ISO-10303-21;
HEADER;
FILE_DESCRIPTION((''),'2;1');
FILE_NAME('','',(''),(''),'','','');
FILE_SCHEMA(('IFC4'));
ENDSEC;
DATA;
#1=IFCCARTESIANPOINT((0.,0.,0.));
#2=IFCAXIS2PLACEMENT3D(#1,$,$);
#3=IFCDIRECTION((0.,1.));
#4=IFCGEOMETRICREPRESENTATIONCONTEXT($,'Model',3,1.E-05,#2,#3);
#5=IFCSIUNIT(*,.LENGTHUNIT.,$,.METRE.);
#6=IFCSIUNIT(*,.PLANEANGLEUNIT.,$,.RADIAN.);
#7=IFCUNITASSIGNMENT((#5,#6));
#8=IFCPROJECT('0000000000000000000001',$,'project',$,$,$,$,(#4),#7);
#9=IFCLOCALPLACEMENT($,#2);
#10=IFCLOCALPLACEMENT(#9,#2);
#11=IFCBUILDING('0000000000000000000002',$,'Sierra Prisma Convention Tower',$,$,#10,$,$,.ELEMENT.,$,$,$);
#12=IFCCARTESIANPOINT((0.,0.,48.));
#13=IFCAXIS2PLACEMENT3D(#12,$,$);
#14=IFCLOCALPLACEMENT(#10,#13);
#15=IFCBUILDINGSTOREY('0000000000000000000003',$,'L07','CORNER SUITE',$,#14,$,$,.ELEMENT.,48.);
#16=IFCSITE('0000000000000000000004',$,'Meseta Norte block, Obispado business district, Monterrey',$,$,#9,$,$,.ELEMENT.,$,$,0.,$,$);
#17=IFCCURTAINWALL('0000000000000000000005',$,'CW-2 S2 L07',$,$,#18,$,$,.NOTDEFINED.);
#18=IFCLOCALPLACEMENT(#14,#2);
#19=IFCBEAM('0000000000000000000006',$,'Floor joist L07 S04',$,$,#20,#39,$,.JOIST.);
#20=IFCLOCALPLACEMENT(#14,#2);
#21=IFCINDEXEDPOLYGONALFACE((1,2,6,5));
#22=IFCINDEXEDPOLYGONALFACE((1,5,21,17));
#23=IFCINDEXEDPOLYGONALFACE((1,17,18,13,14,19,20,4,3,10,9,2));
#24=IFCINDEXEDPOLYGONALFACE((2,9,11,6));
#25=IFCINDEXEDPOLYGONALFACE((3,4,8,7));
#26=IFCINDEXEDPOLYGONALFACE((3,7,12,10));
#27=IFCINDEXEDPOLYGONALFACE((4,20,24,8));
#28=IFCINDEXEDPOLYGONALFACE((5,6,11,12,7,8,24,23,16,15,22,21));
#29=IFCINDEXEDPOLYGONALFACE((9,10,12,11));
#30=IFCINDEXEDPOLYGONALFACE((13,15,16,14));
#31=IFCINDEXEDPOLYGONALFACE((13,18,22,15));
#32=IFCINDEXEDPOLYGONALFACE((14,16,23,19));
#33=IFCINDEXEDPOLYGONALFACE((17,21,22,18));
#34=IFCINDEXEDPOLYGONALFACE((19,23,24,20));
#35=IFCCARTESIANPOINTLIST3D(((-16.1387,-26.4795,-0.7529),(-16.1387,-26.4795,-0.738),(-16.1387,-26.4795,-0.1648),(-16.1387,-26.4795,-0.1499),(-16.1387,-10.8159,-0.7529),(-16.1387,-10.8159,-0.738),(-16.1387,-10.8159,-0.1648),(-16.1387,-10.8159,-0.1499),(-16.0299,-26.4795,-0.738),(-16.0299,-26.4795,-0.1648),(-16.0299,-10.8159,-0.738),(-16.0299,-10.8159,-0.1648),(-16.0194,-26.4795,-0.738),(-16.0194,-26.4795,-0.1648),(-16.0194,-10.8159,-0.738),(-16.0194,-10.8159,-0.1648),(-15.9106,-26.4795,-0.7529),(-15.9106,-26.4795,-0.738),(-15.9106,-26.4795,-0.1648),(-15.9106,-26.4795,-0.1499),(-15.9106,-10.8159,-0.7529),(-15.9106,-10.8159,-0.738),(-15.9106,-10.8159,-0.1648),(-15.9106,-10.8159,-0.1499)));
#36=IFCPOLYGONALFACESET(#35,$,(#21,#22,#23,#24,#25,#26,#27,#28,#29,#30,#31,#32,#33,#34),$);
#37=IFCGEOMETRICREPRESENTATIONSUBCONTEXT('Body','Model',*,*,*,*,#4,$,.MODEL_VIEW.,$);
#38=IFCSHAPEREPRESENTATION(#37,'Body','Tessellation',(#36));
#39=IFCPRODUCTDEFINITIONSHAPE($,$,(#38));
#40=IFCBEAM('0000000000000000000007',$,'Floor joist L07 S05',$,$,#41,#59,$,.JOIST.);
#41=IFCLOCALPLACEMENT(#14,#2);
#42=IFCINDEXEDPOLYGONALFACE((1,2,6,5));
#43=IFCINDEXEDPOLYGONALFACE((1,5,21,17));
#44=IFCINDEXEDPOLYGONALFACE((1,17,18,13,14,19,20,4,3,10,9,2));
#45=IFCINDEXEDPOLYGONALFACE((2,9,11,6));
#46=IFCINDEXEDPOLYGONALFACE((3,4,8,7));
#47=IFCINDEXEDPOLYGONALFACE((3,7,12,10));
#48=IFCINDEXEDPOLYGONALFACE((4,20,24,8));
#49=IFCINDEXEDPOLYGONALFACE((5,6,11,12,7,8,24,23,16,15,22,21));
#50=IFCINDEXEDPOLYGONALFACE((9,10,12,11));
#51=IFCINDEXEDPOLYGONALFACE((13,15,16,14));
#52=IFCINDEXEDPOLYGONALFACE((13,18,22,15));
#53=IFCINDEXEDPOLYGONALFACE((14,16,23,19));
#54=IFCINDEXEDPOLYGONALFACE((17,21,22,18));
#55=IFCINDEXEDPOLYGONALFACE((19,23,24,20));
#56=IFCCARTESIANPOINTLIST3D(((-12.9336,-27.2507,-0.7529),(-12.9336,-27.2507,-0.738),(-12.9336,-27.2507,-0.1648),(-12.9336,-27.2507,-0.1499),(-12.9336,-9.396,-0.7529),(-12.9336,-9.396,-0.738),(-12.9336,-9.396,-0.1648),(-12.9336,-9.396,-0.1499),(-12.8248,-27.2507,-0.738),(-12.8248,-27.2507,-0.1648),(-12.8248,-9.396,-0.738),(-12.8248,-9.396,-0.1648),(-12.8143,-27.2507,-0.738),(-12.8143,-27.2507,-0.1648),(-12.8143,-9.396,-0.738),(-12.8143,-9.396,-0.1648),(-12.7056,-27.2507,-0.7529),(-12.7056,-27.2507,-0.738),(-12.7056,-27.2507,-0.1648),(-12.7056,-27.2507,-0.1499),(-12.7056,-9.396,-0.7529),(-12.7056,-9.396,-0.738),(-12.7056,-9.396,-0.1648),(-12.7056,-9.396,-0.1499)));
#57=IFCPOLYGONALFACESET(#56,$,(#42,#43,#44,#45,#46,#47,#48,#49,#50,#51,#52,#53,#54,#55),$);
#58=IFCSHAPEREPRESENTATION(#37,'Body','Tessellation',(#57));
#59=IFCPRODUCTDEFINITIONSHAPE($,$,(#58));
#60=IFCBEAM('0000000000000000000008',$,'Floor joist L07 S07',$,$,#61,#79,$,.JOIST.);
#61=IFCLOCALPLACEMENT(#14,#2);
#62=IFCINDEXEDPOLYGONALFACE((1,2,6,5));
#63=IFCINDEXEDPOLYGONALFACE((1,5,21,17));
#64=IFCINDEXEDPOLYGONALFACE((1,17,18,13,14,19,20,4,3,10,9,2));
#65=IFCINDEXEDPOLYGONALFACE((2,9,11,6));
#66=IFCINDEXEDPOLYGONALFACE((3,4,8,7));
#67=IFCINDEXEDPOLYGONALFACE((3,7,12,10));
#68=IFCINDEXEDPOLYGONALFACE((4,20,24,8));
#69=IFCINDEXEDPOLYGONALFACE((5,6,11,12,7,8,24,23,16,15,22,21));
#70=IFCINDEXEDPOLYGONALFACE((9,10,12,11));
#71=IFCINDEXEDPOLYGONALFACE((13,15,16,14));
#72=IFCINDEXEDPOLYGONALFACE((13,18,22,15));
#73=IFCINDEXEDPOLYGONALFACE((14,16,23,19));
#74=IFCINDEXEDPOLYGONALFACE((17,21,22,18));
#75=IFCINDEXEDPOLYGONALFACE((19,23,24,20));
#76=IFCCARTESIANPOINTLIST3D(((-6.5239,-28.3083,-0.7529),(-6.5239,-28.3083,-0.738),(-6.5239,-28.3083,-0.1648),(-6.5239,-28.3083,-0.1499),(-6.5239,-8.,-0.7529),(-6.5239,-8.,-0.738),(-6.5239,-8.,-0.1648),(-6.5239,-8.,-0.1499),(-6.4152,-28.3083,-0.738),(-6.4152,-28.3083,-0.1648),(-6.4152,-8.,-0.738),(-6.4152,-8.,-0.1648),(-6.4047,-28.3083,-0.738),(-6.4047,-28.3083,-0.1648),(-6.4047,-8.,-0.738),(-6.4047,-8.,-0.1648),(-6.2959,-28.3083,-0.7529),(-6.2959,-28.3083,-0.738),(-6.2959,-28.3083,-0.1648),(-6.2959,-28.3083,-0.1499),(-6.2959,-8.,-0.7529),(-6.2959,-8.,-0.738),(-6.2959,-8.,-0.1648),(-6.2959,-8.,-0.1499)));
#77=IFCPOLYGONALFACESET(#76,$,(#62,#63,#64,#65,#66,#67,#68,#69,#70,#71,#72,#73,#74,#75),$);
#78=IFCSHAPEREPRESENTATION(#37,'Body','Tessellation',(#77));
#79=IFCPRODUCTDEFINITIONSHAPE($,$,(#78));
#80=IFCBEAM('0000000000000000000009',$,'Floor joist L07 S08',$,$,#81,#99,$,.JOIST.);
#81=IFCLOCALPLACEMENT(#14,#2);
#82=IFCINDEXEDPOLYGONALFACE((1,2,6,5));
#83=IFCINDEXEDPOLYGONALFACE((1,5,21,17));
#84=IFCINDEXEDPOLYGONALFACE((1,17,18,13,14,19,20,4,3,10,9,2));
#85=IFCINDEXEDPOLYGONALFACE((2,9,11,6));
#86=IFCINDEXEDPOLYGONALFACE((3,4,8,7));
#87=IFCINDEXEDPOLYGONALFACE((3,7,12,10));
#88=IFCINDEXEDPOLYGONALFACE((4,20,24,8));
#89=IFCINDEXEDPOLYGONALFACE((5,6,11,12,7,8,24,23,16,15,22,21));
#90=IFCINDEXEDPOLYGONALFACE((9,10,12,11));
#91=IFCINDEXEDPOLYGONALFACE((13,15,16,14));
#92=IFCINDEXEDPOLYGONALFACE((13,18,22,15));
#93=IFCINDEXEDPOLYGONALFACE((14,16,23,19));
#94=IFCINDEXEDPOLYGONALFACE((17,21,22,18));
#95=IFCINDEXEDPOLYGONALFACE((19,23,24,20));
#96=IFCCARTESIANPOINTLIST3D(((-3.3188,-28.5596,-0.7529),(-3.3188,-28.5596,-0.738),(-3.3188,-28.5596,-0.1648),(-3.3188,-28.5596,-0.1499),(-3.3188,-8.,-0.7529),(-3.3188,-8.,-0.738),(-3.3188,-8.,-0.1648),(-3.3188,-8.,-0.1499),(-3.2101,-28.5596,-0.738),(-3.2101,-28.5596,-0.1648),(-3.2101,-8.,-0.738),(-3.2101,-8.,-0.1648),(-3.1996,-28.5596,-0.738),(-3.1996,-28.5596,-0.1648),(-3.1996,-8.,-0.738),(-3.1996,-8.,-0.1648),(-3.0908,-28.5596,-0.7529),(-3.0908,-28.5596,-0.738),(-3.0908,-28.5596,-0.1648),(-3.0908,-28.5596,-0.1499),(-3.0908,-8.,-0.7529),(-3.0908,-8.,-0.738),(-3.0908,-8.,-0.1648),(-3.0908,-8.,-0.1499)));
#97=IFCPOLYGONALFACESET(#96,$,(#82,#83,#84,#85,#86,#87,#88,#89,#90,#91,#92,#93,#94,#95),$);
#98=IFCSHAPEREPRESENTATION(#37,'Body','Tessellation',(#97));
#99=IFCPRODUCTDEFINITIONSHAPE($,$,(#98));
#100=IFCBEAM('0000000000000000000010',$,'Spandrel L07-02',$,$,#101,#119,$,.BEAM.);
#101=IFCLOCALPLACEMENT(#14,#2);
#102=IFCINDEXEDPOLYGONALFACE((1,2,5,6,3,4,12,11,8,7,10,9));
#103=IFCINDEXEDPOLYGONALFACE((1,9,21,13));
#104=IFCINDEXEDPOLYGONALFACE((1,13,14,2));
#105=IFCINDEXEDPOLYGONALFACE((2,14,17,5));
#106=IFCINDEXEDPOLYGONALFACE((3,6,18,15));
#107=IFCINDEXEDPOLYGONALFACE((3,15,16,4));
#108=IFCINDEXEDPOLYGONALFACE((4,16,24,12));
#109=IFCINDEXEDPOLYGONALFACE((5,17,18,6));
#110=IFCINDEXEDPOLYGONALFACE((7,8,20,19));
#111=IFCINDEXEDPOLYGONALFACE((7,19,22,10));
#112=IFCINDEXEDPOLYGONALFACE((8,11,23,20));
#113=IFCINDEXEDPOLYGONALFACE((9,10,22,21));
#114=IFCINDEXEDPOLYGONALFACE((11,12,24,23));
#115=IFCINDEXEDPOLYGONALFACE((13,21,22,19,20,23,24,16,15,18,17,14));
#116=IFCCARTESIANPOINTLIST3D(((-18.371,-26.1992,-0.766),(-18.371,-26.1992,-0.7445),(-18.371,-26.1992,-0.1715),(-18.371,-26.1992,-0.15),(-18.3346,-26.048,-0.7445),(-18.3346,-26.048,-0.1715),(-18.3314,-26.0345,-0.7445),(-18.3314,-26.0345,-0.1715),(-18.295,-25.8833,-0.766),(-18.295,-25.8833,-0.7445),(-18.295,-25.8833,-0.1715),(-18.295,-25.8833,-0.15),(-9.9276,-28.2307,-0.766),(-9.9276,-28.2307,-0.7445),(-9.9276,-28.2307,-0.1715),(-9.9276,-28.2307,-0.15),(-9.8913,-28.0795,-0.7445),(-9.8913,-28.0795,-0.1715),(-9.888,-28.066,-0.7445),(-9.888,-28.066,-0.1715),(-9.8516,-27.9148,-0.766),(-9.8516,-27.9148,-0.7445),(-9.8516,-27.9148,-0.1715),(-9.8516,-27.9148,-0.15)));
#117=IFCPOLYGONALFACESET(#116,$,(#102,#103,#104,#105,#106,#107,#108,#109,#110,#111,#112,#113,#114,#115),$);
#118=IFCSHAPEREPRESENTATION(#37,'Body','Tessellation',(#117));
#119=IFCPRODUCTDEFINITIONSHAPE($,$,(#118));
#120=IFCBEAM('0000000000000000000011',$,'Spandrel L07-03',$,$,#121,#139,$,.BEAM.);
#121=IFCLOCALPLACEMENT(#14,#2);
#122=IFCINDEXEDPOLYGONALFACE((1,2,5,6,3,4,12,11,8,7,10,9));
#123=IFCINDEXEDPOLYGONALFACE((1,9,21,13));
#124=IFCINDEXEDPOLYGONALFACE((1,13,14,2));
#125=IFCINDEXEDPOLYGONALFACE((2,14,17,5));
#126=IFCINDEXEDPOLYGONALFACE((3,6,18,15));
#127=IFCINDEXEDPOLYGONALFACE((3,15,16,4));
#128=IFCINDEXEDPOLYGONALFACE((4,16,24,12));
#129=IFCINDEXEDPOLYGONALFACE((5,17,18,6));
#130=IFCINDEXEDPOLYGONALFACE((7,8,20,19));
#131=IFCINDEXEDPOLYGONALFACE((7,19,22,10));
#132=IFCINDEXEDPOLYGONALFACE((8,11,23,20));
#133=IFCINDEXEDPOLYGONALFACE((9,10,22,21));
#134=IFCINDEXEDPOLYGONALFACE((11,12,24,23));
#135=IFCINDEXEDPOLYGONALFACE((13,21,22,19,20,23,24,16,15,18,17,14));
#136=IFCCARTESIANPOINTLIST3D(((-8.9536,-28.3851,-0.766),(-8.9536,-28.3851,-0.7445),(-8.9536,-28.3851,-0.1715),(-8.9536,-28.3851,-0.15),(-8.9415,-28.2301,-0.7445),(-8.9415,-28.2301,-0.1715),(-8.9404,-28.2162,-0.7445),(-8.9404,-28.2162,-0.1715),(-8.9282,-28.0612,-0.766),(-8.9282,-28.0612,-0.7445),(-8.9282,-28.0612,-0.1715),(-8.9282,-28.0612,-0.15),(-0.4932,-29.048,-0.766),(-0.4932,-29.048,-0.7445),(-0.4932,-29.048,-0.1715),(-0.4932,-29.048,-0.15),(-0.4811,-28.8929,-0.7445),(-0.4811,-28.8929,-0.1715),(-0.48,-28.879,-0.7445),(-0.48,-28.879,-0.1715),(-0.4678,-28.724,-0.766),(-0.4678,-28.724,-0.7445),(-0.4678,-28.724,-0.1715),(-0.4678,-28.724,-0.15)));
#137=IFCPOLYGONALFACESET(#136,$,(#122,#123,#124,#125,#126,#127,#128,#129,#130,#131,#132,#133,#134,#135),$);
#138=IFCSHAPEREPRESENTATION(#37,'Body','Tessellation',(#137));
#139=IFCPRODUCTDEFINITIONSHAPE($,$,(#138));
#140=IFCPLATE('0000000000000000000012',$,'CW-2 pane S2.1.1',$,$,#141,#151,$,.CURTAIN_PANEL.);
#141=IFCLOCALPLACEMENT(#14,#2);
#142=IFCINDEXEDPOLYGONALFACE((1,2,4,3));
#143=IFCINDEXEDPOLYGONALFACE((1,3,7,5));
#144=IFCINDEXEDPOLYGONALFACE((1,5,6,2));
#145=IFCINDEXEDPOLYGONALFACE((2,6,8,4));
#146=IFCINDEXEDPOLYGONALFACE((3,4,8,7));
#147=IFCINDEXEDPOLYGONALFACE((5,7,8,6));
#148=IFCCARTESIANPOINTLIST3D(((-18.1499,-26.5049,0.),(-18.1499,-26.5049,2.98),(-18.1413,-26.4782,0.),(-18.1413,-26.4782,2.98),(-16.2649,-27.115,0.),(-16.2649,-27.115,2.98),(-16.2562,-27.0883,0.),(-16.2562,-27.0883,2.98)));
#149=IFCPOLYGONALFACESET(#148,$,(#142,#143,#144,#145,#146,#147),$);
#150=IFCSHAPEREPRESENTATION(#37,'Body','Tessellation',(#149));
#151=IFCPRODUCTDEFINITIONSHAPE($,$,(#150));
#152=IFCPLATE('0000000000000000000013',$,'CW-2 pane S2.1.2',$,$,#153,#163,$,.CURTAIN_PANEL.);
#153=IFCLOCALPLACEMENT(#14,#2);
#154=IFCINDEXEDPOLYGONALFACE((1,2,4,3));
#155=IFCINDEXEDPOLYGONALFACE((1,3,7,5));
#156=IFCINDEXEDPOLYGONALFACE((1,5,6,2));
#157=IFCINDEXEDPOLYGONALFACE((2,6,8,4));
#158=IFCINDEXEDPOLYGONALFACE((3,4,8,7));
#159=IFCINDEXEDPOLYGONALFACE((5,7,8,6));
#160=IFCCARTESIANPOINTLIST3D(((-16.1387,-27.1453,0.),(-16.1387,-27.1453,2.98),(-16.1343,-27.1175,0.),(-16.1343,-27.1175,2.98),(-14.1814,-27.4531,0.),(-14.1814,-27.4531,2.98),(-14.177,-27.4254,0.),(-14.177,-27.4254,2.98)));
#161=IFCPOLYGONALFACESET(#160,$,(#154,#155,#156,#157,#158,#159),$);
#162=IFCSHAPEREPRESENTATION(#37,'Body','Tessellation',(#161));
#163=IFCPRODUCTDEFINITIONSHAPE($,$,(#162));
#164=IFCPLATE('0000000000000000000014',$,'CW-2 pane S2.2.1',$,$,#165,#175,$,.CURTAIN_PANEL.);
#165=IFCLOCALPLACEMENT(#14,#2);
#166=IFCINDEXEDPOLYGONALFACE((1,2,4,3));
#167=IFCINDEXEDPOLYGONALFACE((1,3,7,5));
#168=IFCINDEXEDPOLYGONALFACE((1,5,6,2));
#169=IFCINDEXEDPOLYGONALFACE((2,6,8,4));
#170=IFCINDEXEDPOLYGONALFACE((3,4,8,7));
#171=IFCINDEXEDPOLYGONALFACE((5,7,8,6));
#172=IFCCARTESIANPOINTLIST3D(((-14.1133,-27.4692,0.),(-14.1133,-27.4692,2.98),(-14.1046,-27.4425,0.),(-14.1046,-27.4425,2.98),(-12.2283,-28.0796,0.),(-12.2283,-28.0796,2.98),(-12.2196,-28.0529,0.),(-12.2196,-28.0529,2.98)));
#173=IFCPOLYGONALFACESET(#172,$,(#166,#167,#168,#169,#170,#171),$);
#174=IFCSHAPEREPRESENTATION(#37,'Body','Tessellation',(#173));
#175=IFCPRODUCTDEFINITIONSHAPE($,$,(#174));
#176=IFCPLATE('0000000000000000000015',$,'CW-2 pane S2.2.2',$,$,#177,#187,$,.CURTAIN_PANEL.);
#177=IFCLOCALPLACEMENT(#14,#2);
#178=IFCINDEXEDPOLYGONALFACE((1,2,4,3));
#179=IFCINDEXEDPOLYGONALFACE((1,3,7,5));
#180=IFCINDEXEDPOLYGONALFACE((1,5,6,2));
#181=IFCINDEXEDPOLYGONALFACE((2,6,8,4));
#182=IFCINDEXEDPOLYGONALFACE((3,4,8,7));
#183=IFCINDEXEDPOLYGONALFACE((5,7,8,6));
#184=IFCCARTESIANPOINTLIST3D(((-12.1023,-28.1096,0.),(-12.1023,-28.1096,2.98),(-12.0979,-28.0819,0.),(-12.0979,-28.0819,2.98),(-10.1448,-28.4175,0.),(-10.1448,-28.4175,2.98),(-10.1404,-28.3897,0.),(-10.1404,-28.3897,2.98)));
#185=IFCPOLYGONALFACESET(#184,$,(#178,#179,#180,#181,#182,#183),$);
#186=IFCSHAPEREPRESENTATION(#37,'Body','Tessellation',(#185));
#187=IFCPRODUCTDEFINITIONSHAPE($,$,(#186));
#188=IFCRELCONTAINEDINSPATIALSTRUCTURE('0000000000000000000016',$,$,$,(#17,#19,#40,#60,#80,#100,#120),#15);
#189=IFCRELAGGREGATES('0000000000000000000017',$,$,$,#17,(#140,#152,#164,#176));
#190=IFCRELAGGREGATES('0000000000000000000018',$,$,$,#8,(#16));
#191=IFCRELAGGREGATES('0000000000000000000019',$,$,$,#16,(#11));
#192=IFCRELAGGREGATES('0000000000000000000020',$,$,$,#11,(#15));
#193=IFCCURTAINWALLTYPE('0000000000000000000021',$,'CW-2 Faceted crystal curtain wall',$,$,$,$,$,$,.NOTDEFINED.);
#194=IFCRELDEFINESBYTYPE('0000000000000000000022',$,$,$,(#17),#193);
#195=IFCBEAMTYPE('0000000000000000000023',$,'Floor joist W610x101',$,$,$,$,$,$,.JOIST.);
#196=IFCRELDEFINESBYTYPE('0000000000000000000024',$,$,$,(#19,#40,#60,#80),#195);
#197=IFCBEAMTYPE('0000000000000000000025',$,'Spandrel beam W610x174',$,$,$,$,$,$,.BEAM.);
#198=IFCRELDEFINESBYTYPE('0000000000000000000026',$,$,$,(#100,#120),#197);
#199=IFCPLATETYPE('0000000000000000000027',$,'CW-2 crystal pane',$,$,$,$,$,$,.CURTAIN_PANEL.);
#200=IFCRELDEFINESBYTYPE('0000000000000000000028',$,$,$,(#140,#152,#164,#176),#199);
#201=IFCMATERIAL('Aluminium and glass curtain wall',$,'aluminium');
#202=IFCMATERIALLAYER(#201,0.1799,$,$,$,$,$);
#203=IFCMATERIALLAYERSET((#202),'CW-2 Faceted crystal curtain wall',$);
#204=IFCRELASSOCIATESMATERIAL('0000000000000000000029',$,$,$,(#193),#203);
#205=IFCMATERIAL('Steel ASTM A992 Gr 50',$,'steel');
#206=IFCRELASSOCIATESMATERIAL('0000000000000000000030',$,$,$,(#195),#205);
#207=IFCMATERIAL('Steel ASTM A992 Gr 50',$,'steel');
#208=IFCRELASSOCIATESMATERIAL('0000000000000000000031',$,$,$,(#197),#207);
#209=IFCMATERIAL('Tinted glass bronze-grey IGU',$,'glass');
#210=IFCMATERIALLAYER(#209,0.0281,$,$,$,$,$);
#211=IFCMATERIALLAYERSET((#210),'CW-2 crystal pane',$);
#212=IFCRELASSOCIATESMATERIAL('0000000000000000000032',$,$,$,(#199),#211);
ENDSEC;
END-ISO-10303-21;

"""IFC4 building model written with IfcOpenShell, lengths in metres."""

from ifc_helpers import new_model, si_unit, direction, frame, origin, origin_2d, place, context, subcontext, project, spatial, polyline, i_section, outline, extrude, material, layer, layer_set, material_profile, profile_set, type_object, element, aggregate, save


model = new_model("IFC4")

# Units and contexts
model_context = context("Model", 3, precision=1e-05, world=origin(), true_north=direction((0.0, 1.0)))
body_context = subcontext(model_context, "Body", "Model", "MODEL_VIEW")
ifc_project = project(units=[si_unit("LENGTHUNIT", "METRE"), si_unit("PLANEANGLEUNIT", "RADIAN")], contexts=[model_context])

# Site, building, storey
site_placement = place(None, origin())
site = spatial("IfcSite", under=ifc_project, at=site_placement, Name="Meseta Norte block, Obispado business district, Monterrey", CompositionType="ELEMENT", RefElevation=0.0)
building_placement = place(site_placement, origin())
building = spatial("IfcBuilding", under=site, at=building_placement, Name="Sierra Prisma Convention Tower", CompositionType="ELEMENT")
storey_placement = place(building_placement, frame((0.0, 0.0, 48.0)))
storey = spatial("IfcBuildingStorey", under=building, at=storey_placement, Name="L07", Description="CORNER SUITE", CompositionType="ELEMENT", Elevation=48.0)

# Curtain wall
ifc_material_1 = material(Name="Aluminium and glass curtain wall", Category="aluminium")
ifc_layer_1 = layer(ifc_material_1, 0.1799)
ifc_layer_set_1 = layer_set([ifc_layer_1], Name="CW-2 Faceted crystal curtain wall")
curtain_wall_type = type_object("IfcCurtainWallType", Name="CW-2 Faceted crystal curtain wall", PredefinedType="NOTDEFINED", material=ifc_layer_set_1)
curtain_wall_1_placement = place(storey_placement, origin())
curtain_wall_1 = element("IfcCurtainWall", 1, at=curtain_wall_1_placement, inside=storey, type_object=curtain_wall_type, Name="CW-2 S2 L07", PredefinedType="NOTDEFINED")

# Beams
ifc_material_2 = material(Name="Steel ASTM A992 Gr 50", Category="steel")
ifc_material_profile_1 = material_profile(ifc_material_2, i_section(OverallWidth=0.228, OverallDepth=0.603, WebThickness=0.0105, FlangeThickness=0.0149, at=origin_2d()), Name="W610x101")
ifc_profile_set_1 = profile_set([ifc_material_profile_1], Name="Steel ASTM A992 Gr 50")
beam_type_1 = type_object("IfcBeamType", Name="Floor joist W610x101", PredefinedType="JOIST", material=ifc_profile_set_1)
beam_1_placement = place(storey_placement, frame((-16.0247, -26.4795, -0.4514), z_axis=(0.0, 1.0, 0.0), x_axis=(-1.0, 0.0, 0.0)))
element("IfcBeam", 2, at=beam_1_placement, inside=storey, type_object=beam_type_1, Name="Floor joist L07 S04", PredefinedType="JOIST", context=body_context, shape_type="SweptSolid", body=[
    extrude(i_section(OverallWidth=0.228, OverallDepth=0.603, WebThickness=0.0105, FlangeThickness=0.0149, at=origin_2d()), origin(), (0.0, 0.0, 1.0), 15.6636),
])
beam_2_placement = place(storey_placement, frame((-12.8196, -27.2507, -0.4514), z_axis=(0.0, 1.0, 0.0), x_axis=(-1.0, 0.0, 0.0)))
element("IfcBeam", 3, at=beam_2_placement, inside=storey, type_object=beam_type_1, Name="Floor joist L07 S05", PredefinedType="JOIST", context=body_context, shape_type="SweptSolid", body=[
    extrude(i_section(OverallWidth=0.228, OverallDepth=0.603, WebThickness=0.0105, FlangeThickness=0.0149, at=origin_2d()), origin(), (0.0, 0.0, 1.0), 17.8547),
])
beam_3_placement = place(storey_placement, frame((-6.4099, -28.3083, -0.4514), z_axis=(0.0, 1.0, 0.0), x_axis=(-1.0, 0.0, 0.0)))
element("IfcBeam", 4, at=beam_3_placement, inside=storey, type_object=beam_type_1, Name="Floor joist L07 S07", PredefinedType="JOIST", context=body_context, shape_type="SweptSolid", body=[
    extrude(i_section(OverallWidth=0.228, OverallDepth=0.603, WebThickness=0.0105, FlangeThickness=0.0149, at=origin_2d()), origin(), (0.0, 0.0, 1.0), 20.3083),
])
beam_4_placement = place(storey_placement, frame((-3.2048, -28.5596, -0.4514), z_axis=(0.0, 1.0, 0.0), x_axis=(-1.0, 0.0, 0.0)))
element("IfcBeam", 5, at=beam_4_placement, inside=storey, type_object=beam_type_1, Name="Floor joist L07 S08", PredefinedType="JOIST", context=body_context, shape_type="SweptSolid", body=[
    extrude(i_section(OverallWidth=0.228, OverallDepth=0.603, WebThickness=0.0105, FlangeThickness=0.0149, at=origin_2d()), origin(), (0.0, 0.0, 1.0), 20.5596),
])
ifc_material_3 = material(Name="Steel ASTM A992 Gr 50", Category="steel")
ifc_material_profile_2 = material_profile(ifc_material_3, i_section(OverallWidth=0.325, OverallDepth=0.616, WebThickness=0.0139, FlangeThickness=0.0215, at=origin_2d()), Name="W610x174")
ifc_profile_set_2 = profile_set([ifc_material_profile_2], Name="Steel ASTM A992 Gr 50")
beam_type_2 = type_object("IfcBeamType", Name="Spandrel beam W610x174", PredefinedType="BEAM", material=ifc_profile_set_2)
beam_5_placement = place(storey_placement, frame((-18.333, -26.0413, -0.458), z_axis=(0.972254, -0.233927, 0.0), x_axis=(0.233927, 0.972254, 0.0)))
element("IfcBeam", 6, at=beam_5_placement, inside=storey, type_object=beam_type_2, Name="Spandrel L07-02", PredefinedType="BEAM", context=body_context, shape_type="SweptSolid", body=[
    extrude(i_section(OverallWidth=0.325, OverallDepth=0.616, WebThickness=0.0139, FlangeThickness=0.0215, at=origin_2d()), origin(), (0.0, 0.0, 1.0), 8.6843),
])
beam_6_placement = place(storey_placement, frame((-8.9409, -28.2231, -0.458), z_axis=(0.996945, -0.078107, 0.0), x_axis=(0.078107, 0.996945, 0.0)))
element("IfcBeam", 7, at=beam_6_placement, inside=storey, type_object=beam_type_2, Name="Spandrel L07-03", PredefinedType="BEAM", context=body_context, shape_type="SweptSolid", body=[
    extrude(i_section(OverallWidth=0.325, OverallDepth=0.616, WebThickness=0.0139, FlangeThickness=0.0215, at=origin_2d()), origin(), (0.0, 0.0, 1.0), 8.4863),
])

# Plates
ifc_material_4 = material(Name="Tinted glass bronze-grey IGU", Category="glass")
ifc_layer_2 = layer(ifc_material_4, 0.0281)
ifc_layer_set_2 = layer_set([ifc_layer_2], Name="CW-2 crystal pane")
plate_type = type_object("IfcPlateType", Name="CW-2 crystal pane", PredefinedType="CURTAIN_PANEL", material=ifc_layer_set_2)
plate_1_placement = place(storey_placement, frame((-18.1499, -26.5049, 0.0), z_axis=(-0.307935, -0.951407, 0.0), x_axis=(0.951407, -0.307935, 0.0)))
plate_1 = element("IfcPlate", 8, at=plate_1_placement, type_object=plate_type, Name="CW-2 pane S2.1.1", PredefinedType="CURTAIN_PANEL", context=body_context, shape_type="SweptSolid", body=[
    extrude(outline(polyline([(0.0, 0.0), (1.9813, 0.0), (1.9813, 2.98), (0.0, 2.98), (0.0, 0.0)])), origin(), (0.0, 0.0, -1.0), 0.0281),
])
plate_2_placement = place(storey_placement, frame((-14.1814, -27.4531, 0.0), z_axis=(-0.15538, -0.987855, 0.0), x_axis=(-0.987855, 0.15538, 0.0)))
plate_2 = element("IfcPlate", 9, at=plate_2_placement, type_object=plate_type, Name="CW-2 pane S2.1.2", PredefinedType="CURTAIN_PANEL", context=body_context, shape_type="SweptSolid", body=[
    extrude(outline(polyline([(0.0, 0.0), (1.9813, 0.0), (1.9813, -2.98), (0.0, -2.98), (0.0, 0.0)])), origin(), (0.0, 0.0, -1.0), 0.0281),
])
plate_3_placement = place(storey_placement, frame((-14.1133, -27.4692, 0.0), z_axis=(-0.308047, -0.951371, 0.0), x_axis=(0.951371, -0.308047, 0.0)))
plate_3 = element("IfcPlate", 10, at=plate_3_placement, type_object=plate_type, Name="CW-2 pane S2.2.1", PredefinedType="CURTAIN_PANEL", context=body_context, shape_type="SweptSolid", body=[
    extrude(outline(polyline([(0.0, 0.0), (1.9814, 0.0), (1.9814, 2.98), (0.0, 2.98), (0.0, 0.0)])), origin(), (0.0, 0.0, -1.0), 0.0281),
])
plate_4_placement = place(storey_placement, frame((-10.1448, -28.4175, 0.0), z_axis=(-0.155362, -0.987858, 0.0), x_axis=(-0.987858, 0.155362, 0.0)))
plate_4 = element("IfcPlate", 11, at=plate_4_placement, type_object=plate_type, Name="CW-2 pane S2.2.2", PredefinedType="CURTAIN_PANEL", context=body_context, shape_type="SweptSolid", body=[
    extrude(outline(polyline([(0.0, 0.0), (1.9816, 0.0), (1.9816, -2.98), (0.0, -2.98), (0.0, 0.0)])), origin(), (0.0, 0.0, -1.0), 0.0281),
])
aggregate(curtain_wall_1, [plate_1, plate_2, plate_3, plate_4])

save(model, "model.ifc")
